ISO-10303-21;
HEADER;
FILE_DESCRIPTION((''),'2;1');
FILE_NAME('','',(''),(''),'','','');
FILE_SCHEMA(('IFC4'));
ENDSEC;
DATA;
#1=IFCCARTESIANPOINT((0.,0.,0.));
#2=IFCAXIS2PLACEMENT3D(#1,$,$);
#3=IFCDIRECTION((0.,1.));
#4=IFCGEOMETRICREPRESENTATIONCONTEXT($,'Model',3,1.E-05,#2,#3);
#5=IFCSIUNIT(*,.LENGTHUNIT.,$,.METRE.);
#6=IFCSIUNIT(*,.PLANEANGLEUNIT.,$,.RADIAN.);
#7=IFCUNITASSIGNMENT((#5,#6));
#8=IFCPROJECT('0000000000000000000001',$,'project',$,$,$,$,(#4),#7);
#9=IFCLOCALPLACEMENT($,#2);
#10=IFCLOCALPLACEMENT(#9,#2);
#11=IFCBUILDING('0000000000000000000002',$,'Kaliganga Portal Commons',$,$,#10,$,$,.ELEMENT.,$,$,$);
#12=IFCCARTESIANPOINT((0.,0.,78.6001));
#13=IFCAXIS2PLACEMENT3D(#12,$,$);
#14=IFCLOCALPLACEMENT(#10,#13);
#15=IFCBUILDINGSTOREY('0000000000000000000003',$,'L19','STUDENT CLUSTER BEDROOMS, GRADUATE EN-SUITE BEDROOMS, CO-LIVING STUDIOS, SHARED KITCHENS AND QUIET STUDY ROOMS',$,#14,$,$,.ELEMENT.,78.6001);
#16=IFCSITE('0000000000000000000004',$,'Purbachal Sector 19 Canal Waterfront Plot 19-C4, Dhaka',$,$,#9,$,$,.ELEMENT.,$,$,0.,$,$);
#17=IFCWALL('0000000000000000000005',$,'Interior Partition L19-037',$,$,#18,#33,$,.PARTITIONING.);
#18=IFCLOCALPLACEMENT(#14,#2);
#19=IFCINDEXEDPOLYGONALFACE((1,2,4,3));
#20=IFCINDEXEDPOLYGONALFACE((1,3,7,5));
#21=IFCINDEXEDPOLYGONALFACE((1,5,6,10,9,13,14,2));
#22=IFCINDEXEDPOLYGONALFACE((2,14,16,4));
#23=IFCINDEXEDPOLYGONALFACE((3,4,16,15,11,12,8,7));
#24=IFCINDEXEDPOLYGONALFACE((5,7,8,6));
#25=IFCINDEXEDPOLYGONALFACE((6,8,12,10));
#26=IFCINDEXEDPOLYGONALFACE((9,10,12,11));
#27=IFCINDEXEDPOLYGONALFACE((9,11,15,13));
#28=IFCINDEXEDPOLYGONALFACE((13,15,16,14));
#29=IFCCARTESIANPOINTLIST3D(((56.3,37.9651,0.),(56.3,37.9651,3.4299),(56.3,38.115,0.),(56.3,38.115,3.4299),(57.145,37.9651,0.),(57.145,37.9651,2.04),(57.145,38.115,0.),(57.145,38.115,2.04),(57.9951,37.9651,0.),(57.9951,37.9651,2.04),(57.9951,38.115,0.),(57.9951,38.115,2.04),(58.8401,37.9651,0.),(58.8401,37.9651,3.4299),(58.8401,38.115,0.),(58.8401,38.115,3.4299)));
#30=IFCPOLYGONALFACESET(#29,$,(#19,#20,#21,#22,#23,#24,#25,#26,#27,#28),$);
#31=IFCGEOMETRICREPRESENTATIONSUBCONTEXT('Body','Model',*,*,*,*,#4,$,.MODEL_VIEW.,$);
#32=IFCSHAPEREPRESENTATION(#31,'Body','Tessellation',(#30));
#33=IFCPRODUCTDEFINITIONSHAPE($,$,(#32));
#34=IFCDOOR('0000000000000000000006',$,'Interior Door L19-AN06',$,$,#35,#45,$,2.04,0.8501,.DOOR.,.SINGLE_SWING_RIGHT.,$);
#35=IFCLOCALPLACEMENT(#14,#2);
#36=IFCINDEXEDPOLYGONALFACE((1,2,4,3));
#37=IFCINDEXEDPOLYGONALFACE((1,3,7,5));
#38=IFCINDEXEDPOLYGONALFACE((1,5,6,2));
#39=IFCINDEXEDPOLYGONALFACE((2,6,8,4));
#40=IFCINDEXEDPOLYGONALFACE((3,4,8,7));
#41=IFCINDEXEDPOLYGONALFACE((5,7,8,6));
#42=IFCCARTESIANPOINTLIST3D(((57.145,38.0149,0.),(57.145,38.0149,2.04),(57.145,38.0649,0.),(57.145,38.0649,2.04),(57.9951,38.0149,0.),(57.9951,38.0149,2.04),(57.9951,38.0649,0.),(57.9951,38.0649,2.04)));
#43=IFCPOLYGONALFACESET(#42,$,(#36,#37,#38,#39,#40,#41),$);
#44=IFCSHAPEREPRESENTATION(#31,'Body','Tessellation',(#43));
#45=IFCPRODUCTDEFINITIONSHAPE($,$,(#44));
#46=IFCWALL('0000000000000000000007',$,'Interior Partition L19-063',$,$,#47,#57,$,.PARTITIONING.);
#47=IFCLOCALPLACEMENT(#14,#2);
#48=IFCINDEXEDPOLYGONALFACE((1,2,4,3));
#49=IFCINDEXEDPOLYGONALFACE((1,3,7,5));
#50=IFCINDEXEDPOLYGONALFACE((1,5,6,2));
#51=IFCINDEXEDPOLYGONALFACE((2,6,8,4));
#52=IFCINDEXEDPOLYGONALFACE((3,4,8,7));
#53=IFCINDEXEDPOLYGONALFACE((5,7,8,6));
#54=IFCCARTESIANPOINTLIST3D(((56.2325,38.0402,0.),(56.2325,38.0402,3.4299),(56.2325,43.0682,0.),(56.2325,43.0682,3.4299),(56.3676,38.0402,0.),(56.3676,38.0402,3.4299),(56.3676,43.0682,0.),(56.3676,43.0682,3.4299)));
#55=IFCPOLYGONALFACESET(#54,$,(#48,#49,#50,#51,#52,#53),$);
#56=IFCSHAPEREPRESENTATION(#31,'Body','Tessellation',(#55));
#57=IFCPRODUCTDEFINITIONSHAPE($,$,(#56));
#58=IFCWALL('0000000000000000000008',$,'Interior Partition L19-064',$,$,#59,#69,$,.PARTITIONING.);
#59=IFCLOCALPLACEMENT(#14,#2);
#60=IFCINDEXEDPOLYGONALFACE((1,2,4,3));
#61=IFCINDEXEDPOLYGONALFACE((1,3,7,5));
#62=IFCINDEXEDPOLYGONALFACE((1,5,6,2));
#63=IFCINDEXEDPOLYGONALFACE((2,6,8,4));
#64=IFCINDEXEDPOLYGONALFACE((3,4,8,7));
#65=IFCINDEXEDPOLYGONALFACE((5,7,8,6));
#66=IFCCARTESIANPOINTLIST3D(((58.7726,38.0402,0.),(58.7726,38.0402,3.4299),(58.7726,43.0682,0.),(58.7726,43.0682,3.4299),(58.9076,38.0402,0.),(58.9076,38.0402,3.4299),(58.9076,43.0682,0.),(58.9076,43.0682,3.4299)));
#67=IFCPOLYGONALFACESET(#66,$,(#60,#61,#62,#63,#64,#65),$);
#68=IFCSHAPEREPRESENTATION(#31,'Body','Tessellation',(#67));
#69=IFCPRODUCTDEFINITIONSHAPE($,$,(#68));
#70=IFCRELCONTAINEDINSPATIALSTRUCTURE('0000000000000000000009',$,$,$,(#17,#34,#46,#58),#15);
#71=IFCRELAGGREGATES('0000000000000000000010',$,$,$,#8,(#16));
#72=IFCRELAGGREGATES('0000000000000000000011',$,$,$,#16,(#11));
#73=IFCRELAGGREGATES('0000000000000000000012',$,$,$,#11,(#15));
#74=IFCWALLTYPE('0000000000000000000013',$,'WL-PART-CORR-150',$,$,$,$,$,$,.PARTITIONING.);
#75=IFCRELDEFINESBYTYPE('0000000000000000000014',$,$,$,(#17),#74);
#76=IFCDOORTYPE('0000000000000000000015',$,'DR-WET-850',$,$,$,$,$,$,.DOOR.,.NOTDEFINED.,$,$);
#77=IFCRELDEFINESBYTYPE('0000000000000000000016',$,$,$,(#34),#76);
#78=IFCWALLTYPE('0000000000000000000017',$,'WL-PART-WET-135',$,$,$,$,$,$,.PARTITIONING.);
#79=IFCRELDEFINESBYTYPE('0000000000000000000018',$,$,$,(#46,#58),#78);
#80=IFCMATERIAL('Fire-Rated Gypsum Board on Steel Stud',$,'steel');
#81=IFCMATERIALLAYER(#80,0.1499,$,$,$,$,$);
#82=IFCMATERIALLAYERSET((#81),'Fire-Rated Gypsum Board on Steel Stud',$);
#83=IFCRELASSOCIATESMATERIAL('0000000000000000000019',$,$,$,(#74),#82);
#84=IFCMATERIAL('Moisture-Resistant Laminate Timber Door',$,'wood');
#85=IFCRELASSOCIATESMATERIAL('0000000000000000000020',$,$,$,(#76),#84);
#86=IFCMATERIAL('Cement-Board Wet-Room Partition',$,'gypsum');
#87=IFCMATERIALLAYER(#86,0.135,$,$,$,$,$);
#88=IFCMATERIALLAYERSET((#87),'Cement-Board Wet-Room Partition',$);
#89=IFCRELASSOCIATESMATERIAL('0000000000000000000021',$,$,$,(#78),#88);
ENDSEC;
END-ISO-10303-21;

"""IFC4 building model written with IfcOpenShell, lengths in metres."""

from ifc_helpers import new_model, si_unit, direction, frame, frame_2d, origin, place, context, subcontext, project, spatial, rectangle, extrude, material, layer, layer_set, type_object, element, fill, save


model = new_model("IFC4")

# Units and contexts
model_context = context("Model", 3, precision=1e-05, world=origin(), true_north=direction((0.0, 1.0)))
body_context = subcontext(model_context, "Body", "Model", "MODEL_VIEW")
ifc_project = project(units=[si_unit("LENGTHUNIT", "METRE"), si_unit("PLANEANGLEUNIT", "RADIAN")], contexts=[model_context])

# Site, building, storey
site_placement = place(None, origin())
site = spatial("IfcSite", under=ifc_project, at=site_placement, Name="Purbachal Sector 19 Canal Waterfront Plot 19-C4, Dhaka", CompositionType="ELEMENT", RefElevation=0.0)
building_placement = place(site_placement, origin())
building = spatial("IfcBuilding", under=site, at=building_placement, Name="Kaliganga Portal Commons", CompositionType="ELEMENT")
storey_placement = place(building_placement, frame((0.0, 0.0, 78.6001)))
storey = spatial("IfcBuildingStorey", under=building, at=storey_placement, Name="L19", Description="STUDENT CLUSTER BEDROOMS, GRADUATE EN-SUITE BEDROOMS, CO-LIVING STUDIOS, SHARED KITCHENS AND QUIET STUDY ROOMS", CompositionType="ELEMENT", Elevation=78.6001)

# Shared definitions
ifc_material_1 = material(Name="Fire-Rated Gypsum Board on Steel Stud", Category="steel")
ifc_layer_1 = layer(ifc_material_1, 0.1499)
ifc_layer_set_1 = layer_set([ifc_layer_1], Name="Fire-Rated Gypsum Board on Steel Stud")
wall_type_1 = type_object("IfcWallType", Name="WL-PART-CORR-150", PredefinedType="PARTITIONING", material=ifc_layer_set_1)

# Wall, opening, door
wall_1_placement = place(storey_placement, frame((56.3, 38.04, 0.0), z_axis=(0.0, 0.0, 1.0), x_axis=(1.0, 0.0, 0.0)))
wall_1 = element("IfcWall", 1, at=wall_1_placement, inside=storey, type_object=wall_type_1, Name="Interior Partition L19-037", PredefinedType="PARTITIONING", context=body_context, shape_type="SweptSolid", body=[
    extrude(rectangle(XDim=2.54, YDim=0.1499, at=frame_2d((1.27, 0.0))), origin(), (0.0, 0.0, 1.0), 3.4299),
])
opening_1_placement = place(wall_1_placement, frame((0.845, 0.0, 0.0)))
opening_1 = element("IfcOpeningElement", 2, at=opening_1_placement, cuts=wall_1, PredefinedType="OPENING", context=body_context, shape_type="SweptSolid", body=[
    extrude(rectangle(XDim=0.8501, YDim=2.04, at=frame_2d((0.425, 1.02))), frame((0.0, 0.085, 0.0), z_axis=(0.0, -1.0, 0.0), x_axis=(1.0, 0.0, 0.0)), (0.0, 0.0, 1.0), 0.1699),
])
ifc_material_2 = material(Name="Moisture-Resistant Laminate Timber Door", Category="wood")
door_type_1 = type_object("IfcDoorType", Name="DR-WET-850", OperationType="NOTDEFINED", PredefinedType="DOOR", material=ifc_material_2)
door_1_placement = place(opening_1_placement, origin())
door_1 = element("IfcDoor", 3, at=door_1_placement, inside=storey, type_object=door_type_1, Name="Interior Door L19-AN06", OperationType="SINGLE_SWING_RIGHT", OverallHeight=2.04, OverallWidth=0.8501, PredefinedType="DOOR", context=body_context, shape_type="SweptSolid", body=[
    extrude(rectangle(XDim=0.8501, YDim=2.04, at=frame_2d((0.425, 1.02))), frame((0.0, 0.0249, 0.0), z_axis=(0.0, -1.0, 0.0), x_axis=(1.0, 0.0, 0.0)), (0.0, 0.0, 1.0), 0.05),
])
fill(opening_1, door_1)

# Walls
ifc_material_3 = material(Name="Cement-Board Wet-Room Partition", Category="gypsum")
ifc_layer_2 = layer(ifc_material_3, 0.135)
ifc_layer_set_2 = layer_set([ifc_layer_2], Name="Cement-Board Wet-Room Partition")
wall_type_2 = type_object("IfcWallType", Name="WL-PART-WET-135", PredefinedType="PARTITIONING", material=ifc_layer_set_2)
for number, where, z_axis, x_axis, name in (
    (4, (56.3, 38.04, 0.0), (0.0, 0.0, 1.0), (0.0, 1.0, 0.0), "Interior Partition L19-063"),
    (5, (58.8401, 38.04, 0.0), (0.0, 0.0, 1.0), (0.0, 1.0, 0.0), "Interior Partition L19-064"),
):
    element("IfcWall", number, at=place(storey_placement, frame(where, z_axis=z_axis, x_axis=x_axis)), inside=storey, type_object=wall_type_2, Name=name, PredefinedType="PARTITIONING", context=body_context, shape_type="SweptSolid", body=[
        extrude(rectangle(XDim=5.0281, YDim=0.135, at=frame_2d((2.5142, 0.0))), origin(), (0.0, 0.0, 1.0), 3.4299),
    ])

save(model, "model.ifc")
